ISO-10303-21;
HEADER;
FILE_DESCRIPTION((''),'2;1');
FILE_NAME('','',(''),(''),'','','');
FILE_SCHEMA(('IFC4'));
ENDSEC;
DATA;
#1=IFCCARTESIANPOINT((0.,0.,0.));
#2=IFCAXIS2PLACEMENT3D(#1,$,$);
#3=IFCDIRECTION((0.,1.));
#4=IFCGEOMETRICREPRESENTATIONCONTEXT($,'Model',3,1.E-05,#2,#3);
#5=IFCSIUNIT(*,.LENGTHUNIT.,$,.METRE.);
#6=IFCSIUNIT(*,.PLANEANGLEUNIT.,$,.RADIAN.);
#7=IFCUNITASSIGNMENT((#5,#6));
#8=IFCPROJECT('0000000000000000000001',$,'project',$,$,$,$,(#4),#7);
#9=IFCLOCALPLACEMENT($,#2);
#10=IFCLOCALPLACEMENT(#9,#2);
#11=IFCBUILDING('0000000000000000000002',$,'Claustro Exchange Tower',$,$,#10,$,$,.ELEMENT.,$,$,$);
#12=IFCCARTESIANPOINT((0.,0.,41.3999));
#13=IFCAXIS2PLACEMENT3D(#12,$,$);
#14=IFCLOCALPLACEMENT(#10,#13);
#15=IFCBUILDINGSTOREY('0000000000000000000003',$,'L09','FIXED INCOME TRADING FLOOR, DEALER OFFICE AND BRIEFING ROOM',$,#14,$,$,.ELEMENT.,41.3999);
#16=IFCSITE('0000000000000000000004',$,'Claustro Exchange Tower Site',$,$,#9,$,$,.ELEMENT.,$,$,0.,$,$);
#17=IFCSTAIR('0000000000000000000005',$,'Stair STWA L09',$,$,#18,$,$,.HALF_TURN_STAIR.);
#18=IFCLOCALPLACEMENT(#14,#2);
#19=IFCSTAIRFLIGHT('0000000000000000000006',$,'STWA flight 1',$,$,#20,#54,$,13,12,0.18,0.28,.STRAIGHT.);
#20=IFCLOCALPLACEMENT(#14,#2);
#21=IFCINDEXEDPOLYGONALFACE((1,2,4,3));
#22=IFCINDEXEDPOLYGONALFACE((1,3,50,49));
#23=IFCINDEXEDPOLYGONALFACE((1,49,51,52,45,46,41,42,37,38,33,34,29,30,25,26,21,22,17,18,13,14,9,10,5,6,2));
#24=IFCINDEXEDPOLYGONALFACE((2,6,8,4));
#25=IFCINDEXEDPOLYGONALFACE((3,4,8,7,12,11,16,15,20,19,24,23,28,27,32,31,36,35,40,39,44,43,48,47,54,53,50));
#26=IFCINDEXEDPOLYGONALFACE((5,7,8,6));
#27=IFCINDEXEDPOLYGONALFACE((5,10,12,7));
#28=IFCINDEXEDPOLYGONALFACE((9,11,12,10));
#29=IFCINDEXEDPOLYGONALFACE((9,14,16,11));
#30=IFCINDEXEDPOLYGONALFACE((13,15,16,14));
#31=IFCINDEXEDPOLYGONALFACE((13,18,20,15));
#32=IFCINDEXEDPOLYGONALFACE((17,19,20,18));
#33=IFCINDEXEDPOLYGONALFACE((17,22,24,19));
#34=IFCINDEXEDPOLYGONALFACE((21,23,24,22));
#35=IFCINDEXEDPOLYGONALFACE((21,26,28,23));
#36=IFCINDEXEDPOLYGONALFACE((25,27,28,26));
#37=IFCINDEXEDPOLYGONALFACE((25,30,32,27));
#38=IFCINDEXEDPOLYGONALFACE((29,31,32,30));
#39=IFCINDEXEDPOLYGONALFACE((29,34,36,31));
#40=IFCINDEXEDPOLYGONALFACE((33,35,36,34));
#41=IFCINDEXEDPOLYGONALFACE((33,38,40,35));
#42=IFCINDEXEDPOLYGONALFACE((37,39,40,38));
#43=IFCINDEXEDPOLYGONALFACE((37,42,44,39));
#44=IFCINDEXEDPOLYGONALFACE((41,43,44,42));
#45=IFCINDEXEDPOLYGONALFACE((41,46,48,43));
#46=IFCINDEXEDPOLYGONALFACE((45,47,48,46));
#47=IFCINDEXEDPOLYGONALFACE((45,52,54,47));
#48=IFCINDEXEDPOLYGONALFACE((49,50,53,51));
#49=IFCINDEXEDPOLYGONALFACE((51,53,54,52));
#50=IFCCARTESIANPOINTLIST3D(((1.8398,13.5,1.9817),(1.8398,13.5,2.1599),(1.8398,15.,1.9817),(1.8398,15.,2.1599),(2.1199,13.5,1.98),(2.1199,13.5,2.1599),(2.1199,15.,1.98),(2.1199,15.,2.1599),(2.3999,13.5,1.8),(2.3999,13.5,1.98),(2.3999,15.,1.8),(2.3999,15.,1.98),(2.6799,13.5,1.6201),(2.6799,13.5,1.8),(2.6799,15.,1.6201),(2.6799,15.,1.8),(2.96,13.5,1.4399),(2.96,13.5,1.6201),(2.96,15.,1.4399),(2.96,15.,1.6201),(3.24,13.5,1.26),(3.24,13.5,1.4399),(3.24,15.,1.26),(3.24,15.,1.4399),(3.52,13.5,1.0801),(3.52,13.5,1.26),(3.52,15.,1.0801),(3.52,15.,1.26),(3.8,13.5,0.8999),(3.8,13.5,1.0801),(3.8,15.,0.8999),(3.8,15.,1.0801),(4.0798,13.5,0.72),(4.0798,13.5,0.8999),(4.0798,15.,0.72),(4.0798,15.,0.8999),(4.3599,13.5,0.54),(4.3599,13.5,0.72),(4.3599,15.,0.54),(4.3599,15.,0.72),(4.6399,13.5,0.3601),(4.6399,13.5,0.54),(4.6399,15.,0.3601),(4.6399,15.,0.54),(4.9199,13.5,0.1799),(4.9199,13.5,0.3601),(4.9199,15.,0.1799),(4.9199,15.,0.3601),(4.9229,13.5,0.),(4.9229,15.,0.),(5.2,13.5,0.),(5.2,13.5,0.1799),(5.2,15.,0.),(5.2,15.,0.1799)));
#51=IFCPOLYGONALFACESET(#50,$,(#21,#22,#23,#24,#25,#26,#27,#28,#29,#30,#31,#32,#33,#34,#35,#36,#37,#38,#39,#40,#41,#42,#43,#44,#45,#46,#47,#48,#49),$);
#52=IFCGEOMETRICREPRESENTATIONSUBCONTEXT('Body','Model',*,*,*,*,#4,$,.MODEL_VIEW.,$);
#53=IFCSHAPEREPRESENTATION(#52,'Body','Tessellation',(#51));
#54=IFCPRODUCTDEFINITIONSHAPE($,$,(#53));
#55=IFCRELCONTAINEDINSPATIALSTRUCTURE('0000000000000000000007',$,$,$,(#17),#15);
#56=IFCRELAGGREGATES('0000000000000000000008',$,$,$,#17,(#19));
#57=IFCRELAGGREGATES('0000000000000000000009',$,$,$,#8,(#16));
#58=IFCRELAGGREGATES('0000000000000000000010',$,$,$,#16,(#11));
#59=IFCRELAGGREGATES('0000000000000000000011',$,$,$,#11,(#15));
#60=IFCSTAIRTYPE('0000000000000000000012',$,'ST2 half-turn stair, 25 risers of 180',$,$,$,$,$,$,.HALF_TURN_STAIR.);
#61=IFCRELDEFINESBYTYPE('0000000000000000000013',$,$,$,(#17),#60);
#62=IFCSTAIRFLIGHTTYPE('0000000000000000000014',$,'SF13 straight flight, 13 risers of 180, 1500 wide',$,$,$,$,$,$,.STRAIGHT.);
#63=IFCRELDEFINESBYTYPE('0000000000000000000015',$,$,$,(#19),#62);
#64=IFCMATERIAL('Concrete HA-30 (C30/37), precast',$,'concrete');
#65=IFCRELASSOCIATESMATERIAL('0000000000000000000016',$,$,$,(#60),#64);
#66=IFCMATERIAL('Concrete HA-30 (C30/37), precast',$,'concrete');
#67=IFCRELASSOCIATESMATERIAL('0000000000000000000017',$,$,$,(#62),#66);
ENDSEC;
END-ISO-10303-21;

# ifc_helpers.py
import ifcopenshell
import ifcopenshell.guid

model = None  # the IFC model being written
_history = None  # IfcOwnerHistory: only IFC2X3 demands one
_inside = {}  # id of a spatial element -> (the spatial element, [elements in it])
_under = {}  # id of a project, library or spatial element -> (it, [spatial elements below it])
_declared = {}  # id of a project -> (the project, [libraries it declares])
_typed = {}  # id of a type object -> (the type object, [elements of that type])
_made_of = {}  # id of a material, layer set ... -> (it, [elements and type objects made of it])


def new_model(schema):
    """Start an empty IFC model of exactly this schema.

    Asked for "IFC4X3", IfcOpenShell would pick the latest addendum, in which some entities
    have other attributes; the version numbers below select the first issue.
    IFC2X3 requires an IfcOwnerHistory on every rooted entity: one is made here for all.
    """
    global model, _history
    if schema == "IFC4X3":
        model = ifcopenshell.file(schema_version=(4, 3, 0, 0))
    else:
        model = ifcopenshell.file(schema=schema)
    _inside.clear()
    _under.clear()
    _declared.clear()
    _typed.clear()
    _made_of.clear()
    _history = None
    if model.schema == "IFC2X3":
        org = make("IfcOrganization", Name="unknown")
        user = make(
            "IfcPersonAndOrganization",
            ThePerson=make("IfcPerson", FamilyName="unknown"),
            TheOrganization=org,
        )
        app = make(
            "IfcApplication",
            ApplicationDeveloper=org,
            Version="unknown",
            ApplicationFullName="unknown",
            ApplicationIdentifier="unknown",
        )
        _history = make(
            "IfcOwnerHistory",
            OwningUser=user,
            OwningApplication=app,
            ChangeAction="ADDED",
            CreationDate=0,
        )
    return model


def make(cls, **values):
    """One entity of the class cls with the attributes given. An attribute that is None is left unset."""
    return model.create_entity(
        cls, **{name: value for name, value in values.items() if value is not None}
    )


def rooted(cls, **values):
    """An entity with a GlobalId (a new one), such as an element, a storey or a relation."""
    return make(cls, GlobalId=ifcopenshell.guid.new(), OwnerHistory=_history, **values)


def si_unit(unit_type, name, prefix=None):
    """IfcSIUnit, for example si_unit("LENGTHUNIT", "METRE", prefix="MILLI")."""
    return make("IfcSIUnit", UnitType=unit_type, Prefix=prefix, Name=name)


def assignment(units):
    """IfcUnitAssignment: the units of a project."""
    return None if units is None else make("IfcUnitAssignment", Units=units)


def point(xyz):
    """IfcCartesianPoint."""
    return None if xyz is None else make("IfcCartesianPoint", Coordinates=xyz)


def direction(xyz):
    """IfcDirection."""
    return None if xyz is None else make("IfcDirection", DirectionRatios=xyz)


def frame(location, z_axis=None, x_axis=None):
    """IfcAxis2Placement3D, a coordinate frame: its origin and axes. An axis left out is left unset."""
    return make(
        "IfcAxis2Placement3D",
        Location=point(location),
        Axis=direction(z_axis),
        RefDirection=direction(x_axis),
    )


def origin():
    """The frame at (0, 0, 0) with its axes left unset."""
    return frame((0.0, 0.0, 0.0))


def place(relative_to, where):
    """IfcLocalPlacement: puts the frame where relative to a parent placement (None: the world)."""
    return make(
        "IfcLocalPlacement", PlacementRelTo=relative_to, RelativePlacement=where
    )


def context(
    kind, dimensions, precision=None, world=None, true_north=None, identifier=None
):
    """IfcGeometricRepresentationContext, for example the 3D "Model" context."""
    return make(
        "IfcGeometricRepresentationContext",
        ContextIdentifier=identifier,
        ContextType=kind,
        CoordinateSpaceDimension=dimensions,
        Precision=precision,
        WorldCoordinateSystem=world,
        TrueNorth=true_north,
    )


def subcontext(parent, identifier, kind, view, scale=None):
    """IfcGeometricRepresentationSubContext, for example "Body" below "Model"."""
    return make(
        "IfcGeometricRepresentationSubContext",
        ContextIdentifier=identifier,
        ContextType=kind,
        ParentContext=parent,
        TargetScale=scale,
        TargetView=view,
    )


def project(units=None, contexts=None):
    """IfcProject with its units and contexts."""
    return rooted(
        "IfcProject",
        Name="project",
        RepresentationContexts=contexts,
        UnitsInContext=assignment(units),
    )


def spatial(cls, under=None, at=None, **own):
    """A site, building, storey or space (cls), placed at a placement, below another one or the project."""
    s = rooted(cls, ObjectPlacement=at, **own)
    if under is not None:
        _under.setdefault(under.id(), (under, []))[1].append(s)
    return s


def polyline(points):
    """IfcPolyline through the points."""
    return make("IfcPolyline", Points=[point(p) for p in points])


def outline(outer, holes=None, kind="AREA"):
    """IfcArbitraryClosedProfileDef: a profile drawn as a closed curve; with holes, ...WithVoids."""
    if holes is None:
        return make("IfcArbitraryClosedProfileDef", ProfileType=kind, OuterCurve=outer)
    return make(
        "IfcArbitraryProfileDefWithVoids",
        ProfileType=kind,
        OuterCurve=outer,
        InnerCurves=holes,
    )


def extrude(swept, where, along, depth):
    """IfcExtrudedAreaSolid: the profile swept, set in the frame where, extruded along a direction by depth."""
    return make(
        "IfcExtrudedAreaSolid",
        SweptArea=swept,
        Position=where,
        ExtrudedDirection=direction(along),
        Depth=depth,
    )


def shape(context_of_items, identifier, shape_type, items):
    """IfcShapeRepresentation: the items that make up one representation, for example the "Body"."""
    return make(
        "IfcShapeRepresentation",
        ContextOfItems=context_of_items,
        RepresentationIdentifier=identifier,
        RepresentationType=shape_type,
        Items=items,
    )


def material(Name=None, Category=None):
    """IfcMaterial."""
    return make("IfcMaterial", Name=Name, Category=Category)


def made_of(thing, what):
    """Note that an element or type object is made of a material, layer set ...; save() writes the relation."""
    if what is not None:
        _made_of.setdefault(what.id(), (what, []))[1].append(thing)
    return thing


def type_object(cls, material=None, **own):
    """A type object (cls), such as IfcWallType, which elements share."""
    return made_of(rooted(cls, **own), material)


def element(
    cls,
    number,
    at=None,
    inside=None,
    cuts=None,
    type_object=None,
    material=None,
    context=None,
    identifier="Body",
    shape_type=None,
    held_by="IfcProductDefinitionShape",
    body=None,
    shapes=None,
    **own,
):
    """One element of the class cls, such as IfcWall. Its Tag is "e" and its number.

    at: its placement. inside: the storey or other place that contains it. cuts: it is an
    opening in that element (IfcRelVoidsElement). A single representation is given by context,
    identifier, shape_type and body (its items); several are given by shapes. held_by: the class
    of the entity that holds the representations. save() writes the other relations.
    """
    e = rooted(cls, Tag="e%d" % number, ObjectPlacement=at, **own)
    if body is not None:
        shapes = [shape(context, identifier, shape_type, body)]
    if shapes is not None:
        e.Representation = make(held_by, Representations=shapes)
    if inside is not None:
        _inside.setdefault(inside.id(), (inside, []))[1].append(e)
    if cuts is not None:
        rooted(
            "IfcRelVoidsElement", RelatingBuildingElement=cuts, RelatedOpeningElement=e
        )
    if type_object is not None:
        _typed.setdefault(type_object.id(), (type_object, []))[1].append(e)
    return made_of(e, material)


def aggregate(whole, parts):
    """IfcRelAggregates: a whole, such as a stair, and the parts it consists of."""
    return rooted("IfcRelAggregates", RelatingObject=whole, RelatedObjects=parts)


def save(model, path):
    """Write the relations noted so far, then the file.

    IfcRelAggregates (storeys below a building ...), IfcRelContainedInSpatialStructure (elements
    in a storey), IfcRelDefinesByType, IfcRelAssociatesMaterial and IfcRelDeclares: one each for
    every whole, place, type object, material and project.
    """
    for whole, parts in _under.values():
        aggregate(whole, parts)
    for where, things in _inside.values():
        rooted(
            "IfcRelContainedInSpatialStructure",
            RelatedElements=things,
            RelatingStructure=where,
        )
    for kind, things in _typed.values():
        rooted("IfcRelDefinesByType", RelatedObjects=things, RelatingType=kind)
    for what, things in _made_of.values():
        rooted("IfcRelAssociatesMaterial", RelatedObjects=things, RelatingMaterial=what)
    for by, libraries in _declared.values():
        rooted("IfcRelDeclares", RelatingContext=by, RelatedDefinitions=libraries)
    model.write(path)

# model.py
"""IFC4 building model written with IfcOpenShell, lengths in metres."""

from ifc_helpers import new_model, si_unit, direction, frame, origin, place, context, subcontext, project, spatial, polyline, outline, extrude, material, type_object, element, aggregate, save


model = new_model("IFC4")

# Units and contexts
model_context = context("Model", 3, precision=1e-05, world=origin(), true_north=direction((0.0, 1.0)))
body_context = subcontext(model_context, "Body", "Model", "MODEL_VIEW")
ifc_project = project(units=[si_unit("LENGTHUNIT", "METRE"), si_unit("PLANEANGLEUNIT", "RADIAN")], contexts=[model_context])

# Site, building, storey
site_placement = place(None, origin())
site = spatial("IfcSite", under=ifc_project, at=site_placement, Name="Claustro Exchange Tower Site", CompositionType="ELEMENT", RefElevation=0.0)
building_placement = place(site_placement, origin())
building = spatial("IfcBuilding", under=site, at=building_placement, Name="Claustro Exchange Tower", CompositionType="ELEMENT")
storey_placement = place(building_placement, frame((0.0, 0.0, 41.3999)))
storey = spatial("IfcBuildingStorey", under=building, at=storey_placement, Name="L09", Description="FIXED INCOME TRADING FLOOR, DEALER OFFICE AND BRIEFING ROOM", CompositionType="ELEMENT", Elevation=41.3999)

# Stair, stair flight
ifc_material_1 = material(Name="Concrete HA-30 (C30/37), precast", Category="concrete")
stair_type = type_object("IfcStairType", Name="ST2 half-turn stair, 25 risers of 180", PredefinedType="HALF_TURN_STAIR", material=ifc_material_1)
stair_placement = place(storey_placement, origin())
stair = element("IfcStair", 1, at=stair_placement, inside=storey, type_object=stair_type, Name="Stair STWA L09", PredefinedType="HALF_TURN_STAIR")
ifc_material_2 = material(Name="Concrete HA-30 (C30/37), precast", Category="concrete")
stair_flight_type = type_object("IfcStairFlightType", Name="SF13 straight flight, 13 risers of 180, 1500 wide", PredefinedType="STRAIGHT", material=ifc_material_2)
stair_flight_placement = place(storey_placement, frame((5.2, 14.25, 0.0), z_axis=(0.0, 0.0, 1.0), x_axis=(-1.0, 0.0, 0.0)))
stair_flight = element("IfcStairFlight", 2, at=stair_flight_placement, type_object=stair_flight_type, Name="STWA flight 1", NumberOfRisers=13, NumberOfTreads=12, PredefinedType="STRAIGHT", RiserHeight=0.18, TreadLength=0.28, context=body_context, shape_type="SweptSolid", body=[
    extrude(outline(polyline([(0.0, 0.0), (0.0, 0.1799), (0.28, 0.1799), (0.28, 0.3601), (0.5601, 0.3601), (0.5601, 0.54), (0.8401, 0.54), (0.8401, 0.72), (1.1201, 0.72), (1.1201, 0.8999), (1.3999, 0.8999), (1.3999, 1.0801), (1.6799, 1.0801), (1.6799, 1.26), (1.96, 1.26), (1.96, 1.4399), (2.24, 1.4399), (2.24, 1.6201), (2.52, 1.6201), (2.52, 1.8), (2.8, 1.8), (2.8, 1.98), (3.0801, 1.98), (3.0801, 2.1599), (3.3601, 2.1599), (3.3601, 2.3401), (3.3601, 1.9817), (0.2771, 0.0), (0.0, 0.0)])), frame((0.0, 0.75, 0.0), z_axis=(0.0, -1.0, 0.0), x_axis=(1.0, 0.0, 0.0)), (0.0, 0.0, 1.0), 1.5),
])
aggregate(stair, [stair_flight])

save(model, "model.ifc")
